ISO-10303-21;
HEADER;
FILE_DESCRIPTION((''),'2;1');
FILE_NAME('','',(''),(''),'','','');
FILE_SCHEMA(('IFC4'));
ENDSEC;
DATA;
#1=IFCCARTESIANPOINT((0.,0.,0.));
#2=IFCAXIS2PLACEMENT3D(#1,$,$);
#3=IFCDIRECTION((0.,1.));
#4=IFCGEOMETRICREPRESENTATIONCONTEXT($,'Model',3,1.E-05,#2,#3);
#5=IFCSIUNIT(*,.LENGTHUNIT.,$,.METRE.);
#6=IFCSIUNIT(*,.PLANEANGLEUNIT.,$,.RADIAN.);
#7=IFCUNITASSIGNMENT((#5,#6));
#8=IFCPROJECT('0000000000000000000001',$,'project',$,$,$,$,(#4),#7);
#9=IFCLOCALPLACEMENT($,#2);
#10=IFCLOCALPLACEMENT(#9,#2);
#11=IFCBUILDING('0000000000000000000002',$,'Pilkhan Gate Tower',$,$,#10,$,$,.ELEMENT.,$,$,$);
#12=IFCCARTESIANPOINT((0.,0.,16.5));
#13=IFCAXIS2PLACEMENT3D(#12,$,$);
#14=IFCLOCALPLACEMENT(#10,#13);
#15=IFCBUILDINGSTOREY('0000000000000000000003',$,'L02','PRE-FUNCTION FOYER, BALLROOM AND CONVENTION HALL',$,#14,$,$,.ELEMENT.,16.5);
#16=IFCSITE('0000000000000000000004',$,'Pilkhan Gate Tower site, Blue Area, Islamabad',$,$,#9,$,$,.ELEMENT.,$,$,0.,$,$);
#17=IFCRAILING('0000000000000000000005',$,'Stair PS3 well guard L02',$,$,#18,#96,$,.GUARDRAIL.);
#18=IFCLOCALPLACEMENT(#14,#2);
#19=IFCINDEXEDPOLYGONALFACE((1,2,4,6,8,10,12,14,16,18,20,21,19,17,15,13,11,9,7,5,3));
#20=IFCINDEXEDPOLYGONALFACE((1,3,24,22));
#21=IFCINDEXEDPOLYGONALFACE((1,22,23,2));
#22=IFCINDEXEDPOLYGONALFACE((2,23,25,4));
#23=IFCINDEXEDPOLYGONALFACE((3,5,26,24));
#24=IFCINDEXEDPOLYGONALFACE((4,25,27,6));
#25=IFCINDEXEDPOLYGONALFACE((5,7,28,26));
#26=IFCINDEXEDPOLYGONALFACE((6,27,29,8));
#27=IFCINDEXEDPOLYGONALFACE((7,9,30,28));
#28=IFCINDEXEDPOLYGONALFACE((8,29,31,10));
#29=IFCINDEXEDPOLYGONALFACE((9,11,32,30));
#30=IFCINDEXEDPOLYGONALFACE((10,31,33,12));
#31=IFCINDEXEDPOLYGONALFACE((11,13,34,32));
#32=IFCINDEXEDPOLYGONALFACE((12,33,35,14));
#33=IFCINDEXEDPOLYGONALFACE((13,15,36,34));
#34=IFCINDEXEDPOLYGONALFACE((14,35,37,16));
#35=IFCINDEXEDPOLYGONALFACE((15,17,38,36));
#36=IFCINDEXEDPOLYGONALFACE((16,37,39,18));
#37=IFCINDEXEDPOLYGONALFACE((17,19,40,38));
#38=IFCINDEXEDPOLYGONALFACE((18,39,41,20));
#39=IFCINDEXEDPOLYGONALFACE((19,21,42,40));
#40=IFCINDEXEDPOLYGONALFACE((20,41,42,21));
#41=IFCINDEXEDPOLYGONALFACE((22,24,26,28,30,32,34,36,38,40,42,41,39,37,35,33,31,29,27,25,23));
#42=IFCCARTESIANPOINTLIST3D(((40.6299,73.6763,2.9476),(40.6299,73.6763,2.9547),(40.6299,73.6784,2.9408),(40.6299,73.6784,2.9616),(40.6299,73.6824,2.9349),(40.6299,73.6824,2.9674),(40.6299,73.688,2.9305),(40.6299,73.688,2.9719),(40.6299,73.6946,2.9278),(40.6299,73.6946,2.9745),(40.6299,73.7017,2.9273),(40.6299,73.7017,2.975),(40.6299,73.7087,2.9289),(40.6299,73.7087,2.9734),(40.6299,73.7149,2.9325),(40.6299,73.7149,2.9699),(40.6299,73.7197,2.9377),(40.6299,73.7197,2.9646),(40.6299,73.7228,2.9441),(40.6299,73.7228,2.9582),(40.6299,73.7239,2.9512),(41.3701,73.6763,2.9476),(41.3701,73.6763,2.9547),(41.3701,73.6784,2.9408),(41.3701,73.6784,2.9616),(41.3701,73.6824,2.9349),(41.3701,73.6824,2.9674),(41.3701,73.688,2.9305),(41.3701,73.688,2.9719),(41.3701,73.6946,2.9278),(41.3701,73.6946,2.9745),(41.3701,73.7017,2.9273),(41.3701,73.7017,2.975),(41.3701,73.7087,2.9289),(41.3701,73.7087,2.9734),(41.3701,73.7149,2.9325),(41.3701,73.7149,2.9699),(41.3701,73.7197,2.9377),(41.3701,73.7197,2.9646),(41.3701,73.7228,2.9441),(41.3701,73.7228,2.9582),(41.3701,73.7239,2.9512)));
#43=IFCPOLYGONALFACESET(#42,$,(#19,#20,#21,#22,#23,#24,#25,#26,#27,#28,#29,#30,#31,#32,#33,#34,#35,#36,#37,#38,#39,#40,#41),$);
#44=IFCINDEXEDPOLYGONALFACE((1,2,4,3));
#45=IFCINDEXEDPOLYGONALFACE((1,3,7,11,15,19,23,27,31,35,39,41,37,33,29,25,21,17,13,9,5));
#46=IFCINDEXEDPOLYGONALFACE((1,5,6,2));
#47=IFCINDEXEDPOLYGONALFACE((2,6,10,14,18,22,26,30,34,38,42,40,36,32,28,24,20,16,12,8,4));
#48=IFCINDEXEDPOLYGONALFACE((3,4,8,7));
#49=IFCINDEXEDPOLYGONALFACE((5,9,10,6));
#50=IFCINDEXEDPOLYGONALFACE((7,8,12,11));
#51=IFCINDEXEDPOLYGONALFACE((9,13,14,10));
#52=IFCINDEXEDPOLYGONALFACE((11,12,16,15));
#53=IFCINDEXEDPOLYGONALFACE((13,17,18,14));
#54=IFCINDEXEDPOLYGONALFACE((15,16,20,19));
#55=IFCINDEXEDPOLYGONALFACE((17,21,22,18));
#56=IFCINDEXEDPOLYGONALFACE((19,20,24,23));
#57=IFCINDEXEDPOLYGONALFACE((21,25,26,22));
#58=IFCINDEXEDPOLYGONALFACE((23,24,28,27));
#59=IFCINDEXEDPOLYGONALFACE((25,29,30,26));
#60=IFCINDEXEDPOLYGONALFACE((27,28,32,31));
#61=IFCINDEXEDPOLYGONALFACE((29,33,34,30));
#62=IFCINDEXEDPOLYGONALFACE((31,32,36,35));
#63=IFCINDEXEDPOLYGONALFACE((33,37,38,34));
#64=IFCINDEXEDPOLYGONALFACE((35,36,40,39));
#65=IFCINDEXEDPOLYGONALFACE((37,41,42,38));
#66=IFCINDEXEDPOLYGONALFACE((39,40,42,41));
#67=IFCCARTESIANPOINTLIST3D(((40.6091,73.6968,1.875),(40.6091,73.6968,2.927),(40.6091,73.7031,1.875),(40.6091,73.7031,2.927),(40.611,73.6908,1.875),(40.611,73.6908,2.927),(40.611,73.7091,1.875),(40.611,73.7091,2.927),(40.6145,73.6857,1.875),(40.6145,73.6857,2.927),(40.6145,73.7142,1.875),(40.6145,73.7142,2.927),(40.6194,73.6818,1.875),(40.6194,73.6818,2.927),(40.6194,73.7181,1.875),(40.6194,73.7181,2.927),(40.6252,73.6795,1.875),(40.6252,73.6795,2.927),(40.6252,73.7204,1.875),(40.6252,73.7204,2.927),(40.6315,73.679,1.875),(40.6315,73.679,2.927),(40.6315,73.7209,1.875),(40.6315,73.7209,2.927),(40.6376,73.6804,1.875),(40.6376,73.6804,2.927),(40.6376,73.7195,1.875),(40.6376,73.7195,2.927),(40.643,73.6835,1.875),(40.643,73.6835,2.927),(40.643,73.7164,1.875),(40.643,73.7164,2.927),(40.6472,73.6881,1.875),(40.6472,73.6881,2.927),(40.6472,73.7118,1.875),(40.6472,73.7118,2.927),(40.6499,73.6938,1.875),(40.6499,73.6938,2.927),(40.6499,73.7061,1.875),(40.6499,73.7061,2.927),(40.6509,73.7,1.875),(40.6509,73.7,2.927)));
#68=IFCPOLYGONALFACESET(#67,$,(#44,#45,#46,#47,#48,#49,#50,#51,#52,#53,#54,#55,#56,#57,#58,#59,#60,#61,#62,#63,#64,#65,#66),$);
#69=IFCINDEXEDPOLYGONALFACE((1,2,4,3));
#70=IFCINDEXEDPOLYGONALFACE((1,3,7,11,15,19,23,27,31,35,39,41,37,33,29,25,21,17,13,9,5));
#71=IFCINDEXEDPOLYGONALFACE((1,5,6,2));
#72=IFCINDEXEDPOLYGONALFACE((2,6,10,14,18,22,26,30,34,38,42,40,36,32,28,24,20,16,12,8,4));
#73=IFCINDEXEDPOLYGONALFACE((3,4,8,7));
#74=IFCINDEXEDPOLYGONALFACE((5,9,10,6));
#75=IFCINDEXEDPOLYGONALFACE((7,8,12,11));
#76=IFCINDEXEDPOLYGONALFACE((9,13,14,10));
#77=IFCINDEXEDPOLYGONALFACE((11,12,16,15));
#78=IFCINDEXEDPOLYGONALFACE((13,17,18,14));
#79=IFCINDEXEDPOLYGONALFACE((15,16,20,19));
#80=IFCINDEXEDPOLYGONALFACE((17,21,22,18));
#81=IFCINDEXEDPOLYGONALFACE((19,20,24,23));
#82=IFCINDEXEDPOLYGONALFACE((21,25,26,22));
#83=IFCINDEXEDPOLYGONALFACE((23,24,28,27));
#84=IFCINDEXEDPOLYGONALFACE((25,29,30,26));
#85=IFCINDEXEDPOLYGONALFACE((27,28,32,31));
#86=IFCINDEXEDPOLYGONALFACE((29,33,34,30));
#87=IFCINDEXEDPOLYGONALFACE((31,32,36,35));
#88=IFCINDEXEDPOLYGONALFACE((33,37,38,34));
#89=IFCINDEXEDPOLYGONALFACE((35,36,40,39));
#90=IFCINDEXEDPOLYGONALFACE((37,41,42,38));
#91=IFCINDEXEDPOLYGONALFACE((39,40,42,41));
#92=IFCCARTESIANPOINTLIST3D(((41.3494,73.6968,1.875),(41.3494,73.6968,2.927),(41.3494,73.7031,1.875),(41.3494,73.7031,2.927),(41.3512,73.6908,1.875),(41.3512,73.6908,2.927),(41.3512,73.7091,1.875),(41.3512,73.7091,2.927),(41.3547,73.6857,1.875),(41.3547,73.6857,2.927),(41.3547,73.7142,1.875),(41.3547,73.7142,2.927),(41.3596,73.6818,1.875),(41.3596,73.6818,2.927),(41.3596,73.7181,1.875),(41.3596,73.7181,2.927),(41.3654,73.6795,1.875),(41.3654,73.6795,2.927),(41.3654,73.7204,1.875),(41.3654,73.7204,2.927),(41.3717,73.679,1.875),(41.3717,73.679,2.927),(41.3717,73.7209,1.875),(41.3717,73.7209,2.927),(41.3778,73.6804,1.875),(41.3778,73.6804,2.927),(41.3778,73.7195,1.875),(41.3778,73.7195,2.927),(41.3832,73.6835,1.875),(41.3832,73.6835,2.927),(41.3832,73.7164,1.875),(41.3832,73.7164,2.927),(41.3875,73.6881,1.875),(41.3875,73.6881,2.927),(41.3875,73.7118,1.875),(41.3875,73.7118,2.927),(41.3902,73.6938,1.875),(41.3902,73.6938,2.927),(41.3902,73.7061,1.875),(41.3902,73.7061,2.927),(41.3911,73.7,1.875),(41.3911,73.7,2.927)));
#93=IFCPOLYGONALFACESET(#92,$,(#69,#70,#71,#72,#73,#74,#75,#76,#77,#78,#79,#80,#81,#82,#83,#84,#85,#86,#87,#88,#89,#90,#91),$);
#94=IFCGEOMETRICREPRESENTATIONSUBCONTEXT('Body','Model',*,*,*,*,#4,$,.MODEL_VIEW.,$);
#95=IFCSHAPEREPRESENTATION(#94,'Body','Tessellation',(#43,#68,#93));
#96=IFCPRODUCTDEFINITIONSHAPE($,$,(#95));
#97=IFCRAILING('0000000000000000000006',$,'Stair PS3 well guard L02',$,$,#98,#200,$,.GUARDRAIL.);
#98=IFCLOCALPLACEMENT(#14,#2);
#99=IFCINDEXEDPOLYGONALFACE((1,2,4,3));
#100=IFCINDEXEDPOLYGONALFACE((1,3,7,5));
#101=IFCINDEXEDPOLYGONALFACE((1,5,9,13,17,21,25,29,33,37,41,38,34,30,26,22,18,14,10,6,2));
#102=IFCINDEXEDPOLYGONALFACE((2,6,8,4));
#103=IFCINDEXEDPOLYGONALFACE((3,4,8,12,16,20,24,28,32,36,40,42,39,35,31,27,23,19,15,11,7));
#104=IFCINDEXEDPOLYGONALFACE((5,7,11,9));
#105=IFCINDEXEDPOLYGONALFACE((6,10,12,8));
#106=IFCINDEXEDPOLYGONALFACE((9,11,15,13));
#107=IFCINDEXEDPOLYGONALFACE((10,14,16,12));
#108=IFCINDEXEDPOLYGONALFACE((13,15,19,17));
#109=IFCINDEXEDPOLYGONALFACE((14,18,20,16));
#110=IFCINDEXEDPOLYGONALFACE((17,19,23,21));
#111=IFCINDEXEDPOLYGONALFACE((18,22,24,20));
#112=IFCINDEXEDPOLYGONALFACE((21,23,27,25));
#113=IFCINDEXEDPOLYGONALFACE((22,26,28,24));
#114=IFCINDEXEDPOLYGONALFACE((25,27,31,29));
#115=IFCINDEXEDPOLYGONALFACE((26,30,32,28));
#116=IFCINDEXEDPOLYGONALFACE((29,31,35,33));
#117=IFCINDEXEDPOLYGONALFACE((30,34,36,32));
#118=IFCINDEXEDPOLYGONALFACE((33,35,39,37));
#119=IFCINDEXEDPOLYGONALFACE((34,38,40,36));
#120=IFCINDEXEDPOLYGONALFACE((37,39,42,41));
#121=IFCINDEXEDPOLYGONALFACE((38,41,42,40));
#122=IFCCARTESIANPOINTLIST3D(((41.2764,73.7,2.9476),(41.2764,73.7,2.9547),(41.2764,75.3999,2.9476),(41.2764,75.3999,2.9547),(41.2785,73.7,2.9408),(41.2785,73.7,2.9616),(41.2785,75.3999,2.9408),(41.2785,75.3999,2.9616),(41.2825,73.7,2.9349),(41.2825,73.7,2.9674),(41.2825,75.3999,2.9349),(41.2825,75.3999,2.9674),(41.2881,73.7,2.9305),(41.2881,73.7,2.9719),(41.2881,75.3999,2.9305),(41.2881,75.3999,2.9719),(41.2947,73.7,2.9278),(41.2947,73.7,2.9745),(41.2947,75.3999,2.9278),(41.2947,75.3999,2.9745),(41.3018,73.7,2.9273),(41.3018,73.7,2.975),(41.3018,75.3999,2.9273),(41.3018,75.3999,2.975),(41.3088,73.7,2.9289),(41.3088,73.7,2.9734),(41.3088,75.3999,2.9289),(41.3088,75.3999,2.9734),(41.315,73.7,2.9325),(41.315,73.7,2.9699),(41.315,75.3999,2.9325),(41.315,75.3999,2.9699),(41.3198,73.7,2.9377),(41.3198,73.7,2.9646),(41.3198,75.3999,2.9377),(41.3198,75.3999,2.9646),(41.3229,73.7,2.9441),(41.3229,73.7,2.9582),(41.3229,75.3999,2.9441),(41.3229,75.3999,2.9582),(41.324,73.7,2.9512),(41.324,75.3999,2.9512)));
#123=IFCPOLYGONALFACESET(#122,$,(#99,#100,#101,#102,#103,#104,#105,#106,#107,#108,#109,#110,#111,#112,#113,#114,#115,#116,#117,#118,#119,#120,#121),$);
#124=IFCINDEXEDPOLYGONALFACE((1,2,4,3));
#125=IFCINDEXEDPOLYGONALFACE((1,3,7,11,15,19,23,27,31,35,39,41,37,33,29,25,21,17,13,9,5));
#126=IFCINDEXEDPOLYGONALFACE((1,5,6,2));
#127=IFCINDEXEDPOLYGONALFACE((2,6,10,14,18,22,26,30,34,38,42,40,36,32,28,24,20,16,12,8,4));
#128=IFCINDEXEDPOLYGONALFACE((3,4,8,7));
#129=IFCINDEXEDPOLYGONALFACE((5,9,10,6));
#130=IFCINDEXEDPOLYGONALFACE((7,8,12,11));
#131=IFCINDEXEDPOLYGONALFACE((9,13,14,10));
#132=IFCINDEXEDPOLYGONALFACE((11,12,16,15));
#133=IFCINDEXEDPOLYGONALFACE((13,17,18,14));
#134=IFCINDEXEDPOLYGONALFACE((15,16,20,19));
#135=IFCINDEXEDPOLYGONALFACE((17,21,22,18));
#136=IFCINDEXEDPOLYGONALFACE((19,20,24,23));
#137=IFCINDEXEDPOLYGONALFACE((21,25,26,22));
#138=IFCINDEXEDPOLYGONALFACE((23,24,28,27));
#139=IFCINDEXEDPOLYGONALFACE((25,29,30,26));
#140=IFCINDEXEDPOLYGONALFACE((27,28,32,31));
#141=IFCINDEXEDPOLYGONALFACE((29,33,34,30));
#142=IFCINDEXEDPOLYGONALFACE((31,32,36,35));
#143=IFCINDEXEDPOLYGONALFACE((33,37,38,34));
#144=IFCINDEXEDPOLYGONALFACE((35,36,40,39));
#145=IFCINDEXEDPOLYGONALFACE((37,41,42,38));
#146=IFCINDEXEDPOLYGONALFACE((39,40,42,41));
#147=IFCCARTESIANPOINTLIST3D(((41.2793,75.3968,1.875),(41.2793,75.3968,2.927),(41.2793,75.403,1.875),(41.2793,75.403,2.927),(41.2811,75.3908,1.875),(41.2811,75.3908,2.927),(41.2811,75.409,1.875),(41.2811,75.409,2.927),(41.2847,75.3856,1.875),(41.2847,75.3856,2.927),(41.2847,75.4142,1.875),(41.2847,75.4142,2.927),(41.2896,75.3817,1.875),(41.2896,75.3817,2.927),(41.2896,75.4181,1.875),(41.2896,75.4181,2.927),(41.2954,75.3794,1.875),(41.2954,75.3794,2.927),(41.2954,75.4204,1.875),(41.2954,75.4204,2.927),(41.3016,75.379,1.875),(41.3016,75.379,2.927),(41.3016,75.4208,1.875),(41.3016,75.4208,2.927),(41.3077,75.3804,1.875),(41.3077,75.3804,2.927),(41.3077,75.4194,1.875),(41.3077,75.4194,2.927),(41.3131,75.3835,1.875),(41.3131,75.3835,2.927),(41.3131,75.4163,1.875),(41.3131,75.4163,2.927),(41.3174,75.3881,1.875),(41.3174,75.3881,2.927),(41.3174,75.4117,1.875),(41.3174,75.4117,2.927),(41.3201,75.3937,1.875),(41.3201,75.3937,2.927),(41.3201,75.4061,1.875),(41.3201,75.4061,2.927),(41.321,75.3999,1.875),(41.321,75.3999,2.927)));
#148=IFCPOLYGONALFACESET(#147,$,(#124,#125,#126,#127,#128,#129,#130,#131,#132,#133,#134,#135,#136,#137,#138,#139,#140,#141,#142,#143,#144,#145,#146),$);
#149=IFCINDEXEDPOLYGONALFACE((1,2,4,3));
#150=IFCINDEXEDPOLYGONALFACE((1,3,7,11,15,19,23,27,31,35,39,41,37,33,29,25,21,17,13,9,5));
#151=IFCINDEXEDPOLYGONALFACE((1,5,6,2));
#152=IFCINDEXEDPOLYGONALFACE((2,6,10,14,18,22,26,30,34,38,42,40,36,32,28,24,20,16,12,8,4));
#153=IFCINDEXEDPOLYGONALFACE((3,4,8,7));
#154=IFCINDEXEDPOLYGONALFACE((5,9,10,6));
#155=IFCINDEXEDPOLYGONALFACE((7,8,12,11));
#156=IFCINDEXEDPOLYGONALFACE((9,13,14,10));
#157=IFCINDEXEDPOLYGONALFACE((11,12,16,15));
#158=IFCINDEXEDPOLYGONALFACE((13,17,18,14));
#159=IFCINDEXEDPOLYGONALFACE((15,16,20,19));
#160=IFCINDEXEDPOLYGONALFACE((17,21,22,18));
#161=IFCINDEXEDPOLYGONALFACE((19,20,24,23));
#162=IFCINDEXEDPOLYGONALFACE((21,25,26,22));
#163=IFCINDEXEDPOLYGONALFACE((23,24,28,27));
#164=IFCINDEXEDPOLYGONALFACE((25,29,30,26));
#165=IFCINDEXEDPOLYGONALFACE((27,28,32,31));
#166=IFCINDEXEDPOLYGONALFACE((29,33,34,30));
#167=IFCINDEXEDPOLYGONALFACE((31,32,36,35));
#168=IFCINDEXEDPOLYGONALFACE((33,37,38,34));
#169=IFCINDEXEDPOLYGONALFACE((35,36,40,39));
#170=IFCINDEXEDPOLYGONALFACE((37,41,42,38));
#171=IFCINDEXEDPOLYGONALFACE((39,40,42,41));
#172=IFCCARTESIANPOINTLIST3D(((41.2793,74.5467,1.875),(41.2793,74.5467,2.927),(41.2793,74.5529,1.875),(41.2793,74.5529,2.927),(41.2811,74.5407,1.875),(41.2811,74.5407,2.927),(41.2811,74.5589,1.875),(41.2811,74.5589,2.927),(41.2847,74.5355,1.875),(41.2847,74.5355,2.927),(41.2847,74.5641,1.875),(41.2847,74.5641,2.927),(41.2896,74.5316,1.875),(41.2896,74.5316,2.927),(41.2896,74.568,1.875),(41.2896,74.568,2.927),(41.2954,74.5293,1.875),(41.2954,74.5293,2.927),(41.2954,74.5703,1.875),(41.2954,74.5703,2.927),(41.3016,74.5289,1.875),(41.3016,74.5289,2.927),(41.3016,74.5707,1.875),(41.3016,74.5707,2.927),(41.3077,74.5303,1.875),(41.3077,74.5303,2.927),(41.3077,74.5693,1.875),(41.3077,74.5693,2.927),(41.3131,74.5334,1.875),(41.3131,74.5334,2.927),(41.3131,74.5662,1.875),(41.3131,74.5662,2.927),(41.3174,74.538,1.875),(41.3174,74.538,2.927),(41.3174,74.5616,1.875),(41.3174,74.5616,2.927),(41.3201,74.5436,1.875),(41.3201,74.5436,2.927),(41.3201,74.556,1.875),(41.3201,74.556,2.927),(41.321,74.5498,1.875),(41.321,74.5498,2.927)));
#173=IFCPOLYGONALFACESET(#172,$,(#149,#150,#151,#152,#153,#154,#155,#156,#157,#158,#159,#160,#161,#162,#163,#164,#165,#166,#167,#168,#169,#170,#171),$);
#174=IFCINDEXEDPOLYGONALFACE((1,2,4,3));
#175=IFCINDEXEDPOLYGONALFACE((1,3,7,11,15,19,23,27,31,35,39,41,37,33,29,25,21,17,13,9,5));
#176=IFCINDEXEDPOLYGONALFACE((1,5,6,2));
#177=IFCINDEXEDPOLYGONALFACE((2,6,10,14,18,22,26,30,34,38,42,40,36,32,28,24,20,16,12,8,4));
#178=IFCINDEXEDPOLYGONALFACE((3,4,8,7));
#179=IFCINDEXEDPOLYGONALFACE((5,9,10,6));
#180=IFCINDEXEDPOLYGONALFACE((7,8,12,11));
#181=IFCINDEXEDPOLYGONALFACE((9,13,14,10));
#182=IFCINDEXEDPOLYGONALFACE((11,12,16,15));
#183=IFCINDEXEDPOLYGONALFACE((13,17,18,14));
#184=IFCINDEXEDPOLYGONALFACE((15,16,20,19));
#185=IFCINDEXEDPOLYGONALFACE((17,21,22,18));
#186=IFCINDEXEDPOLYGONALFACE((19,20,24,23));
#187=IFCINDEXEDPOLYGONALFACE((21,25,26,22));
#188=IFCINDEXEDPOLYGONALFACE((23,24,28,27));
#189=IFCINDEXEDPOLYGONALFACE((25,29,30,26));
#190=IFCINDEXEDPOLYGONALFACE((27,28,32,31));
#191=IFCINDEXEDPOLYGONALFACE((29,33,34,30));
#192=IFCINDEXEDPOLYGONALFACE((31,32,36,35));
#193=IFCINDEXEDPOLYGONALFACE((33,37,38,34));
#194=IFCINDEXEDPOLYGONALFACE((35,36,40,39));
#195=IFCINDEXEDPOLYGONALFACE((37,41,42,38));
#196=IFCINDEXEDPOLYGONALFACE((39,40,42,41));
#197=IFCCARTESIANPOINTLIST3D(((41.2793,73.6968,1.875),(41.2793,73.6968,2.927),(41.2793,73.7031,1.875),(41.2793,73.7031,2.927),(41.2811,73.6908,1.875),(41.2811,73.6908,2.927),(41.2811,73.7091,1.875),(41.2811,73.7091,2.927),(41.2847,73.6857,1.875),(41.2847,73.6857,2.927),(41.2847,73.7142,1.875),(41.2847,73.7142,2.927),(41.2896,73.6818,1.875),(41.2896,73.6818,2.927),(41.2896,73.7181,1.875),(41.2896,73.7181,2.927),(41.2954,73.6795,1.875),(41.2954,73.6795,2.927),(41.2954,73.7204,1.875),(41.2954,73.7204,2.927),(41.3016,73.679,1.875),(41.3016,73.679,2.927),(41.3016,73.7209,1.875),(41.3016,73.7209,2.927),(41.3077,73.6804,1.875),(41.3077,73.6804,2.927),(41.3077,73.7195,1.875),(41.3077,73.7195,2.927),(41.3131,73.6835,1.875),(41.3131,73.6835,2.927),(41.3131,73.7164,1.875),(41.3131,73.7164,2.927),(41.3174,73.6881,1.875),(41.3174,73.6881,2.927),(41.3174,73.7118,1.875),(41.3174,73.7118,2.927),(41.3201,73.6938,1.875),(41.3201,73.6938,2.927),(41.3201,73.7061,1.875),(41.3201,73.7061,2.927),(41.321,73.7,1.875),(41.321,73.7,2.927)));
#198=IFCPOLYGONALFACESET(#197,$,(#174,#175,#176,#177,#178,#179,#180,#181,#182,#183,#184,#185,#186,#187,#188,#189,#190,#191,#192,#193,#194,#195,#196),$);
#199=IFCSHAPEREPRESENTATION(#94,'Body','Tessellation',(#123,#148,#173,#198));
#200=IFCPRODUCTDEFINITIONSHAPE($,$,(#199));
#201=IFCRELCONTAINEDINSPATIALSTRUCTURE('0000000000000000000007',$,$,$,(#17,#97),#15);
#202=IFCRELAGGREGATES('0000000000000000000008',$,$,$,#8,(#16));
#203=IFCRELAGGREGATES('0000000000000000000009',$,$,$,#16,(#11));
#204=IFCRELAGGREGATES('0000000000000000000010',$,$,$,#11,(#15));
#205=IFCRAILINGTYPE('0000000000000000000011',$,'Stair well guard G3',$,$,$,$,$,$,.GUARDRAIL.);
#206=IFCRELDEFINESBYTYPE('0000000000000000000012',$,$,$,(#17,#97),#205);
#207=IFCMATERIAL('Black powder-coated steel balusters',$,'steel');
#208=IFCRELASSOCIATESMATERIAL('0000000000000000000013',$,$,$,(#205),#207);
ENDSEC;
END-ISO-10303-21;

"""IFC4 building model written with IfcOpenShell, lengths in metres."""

from ifc_helpers import new_model, si_unit, direction, frame, origin, origin_2d, place, context, subcontext, project, spatial, circle, extrude, material, type_object, element, save


model = new_model("IFC4")

# Units and contexts
model_context = context("Model", 3, precision=1e-05, world=origin(), true_north=direction((0.0, 1.0)))
body_context = subcontext(model_context, "Body", "Model", "MODEL_VIEW")
ifc_project = project(units=[si_unit("LENGTHUNIT", "METRE"), si_unit("PLANEANGLEUNIT", "RADIAN")], contexts=[model_context])

# Site, building, storey
site_placement = place(None, origin())
site = spatial("IfcSite", under=ifc_project, at=site_placement, Name="Pilkhan Gate Tower site, Blue Area, Islamabad", CompositionType="ELEMENT", RefElevation=0.0)
building_placement = place(site_placement, origin())
building = spatial("IfcBuilding", under=site, at=building_placement, Name="Pilkhan Gate Tower", CompositionType="ELEMENT")
storey_placement = place(building_placement, frame((0.0, 0.0, 16.5)))
storey = spatial("IfcBuildingStorey", under=building, at=storey_placement, Name="L02", Description="PRE-FUNCTION FOYER, BALLROOM AND CONVENTION HALL", CompositionType="ELEMENT", Elevation=16.5)

# Railings
ifc_material_1 = material(Name="Black powder-coated steel balusters", Category="steel")
railing_type_1 = type_object("IfcRailingType", Name="Stair well guard G3", PredefinedType="GUARDRAIL", material=ifc_material_1)
railing_1_placement = place(storey_placement, frame((40.6299, 73.7, 1.875)))
element("IfcRailing", 1, at=railing_1_placement, inside=storey, type_object=railing_type_1, Name="Stair PS3 well guard L02", PredefinedType="GUARDRAIL", context=body_context, shape_type="SweptSolid", body=[
    extrude(circle(Radius=0.0239, at=origin_2d()), frame((0.0, 0.0, 1.0762), z_axis=(1.0, 0.0, 0.0), x_axis=(0.0, 1.0, 0.0)), (0.0, 0.0, 1.0), 0.7402),
    extrude(circle(Radius=0.021, at=origin_2d()), origin(), (0.0, 0.0, 1.0), 1.052),
    extrude(circle(Radius=0.021, at=origin_2d()), frame((0.7402, 0.0, 0.0)), (0.0, 0.0, 1.0), 1.052),
])
railing_2_placement = place(storey_placement, frame((41.3, 75.3999, 1.875)))
element("IfcRailing", 2, at=railing_2_placement, inside=storey, type_object=railing_type_1, Name="Stair PS3 well guard L02", PredefinedType="GUARDRAIL", context=body_context, shape_type="SweptSolid", body=[
    extrude(circle(Radius=0.0239, at=origin_2d()), frame((0.0, 0.0, 1.0762), z_axis=(0.0, -1.0, 0.0), x_axis=(1.0, 0.0, 0.0)), (0.0, 0.0, 1.0), 1.7),
    extrude(circle(Radius=0.021, at=origin_2d()), origin(), (0.0, 0.0, 1.0), 1.052),
    extrude(circle(Radius=0.021, at=origin_2d()), frame((0.0, -0.8501, 0.0)), (0.0, 0.0, 1.0), 1.052),
    extrude(circle(Radius=0.021, at=origin_2d()), frame((0.0, -1.7, 0.0)), (0.0, 0.0, 1.0), 1.052),
])

save(model, "model.ifc")
